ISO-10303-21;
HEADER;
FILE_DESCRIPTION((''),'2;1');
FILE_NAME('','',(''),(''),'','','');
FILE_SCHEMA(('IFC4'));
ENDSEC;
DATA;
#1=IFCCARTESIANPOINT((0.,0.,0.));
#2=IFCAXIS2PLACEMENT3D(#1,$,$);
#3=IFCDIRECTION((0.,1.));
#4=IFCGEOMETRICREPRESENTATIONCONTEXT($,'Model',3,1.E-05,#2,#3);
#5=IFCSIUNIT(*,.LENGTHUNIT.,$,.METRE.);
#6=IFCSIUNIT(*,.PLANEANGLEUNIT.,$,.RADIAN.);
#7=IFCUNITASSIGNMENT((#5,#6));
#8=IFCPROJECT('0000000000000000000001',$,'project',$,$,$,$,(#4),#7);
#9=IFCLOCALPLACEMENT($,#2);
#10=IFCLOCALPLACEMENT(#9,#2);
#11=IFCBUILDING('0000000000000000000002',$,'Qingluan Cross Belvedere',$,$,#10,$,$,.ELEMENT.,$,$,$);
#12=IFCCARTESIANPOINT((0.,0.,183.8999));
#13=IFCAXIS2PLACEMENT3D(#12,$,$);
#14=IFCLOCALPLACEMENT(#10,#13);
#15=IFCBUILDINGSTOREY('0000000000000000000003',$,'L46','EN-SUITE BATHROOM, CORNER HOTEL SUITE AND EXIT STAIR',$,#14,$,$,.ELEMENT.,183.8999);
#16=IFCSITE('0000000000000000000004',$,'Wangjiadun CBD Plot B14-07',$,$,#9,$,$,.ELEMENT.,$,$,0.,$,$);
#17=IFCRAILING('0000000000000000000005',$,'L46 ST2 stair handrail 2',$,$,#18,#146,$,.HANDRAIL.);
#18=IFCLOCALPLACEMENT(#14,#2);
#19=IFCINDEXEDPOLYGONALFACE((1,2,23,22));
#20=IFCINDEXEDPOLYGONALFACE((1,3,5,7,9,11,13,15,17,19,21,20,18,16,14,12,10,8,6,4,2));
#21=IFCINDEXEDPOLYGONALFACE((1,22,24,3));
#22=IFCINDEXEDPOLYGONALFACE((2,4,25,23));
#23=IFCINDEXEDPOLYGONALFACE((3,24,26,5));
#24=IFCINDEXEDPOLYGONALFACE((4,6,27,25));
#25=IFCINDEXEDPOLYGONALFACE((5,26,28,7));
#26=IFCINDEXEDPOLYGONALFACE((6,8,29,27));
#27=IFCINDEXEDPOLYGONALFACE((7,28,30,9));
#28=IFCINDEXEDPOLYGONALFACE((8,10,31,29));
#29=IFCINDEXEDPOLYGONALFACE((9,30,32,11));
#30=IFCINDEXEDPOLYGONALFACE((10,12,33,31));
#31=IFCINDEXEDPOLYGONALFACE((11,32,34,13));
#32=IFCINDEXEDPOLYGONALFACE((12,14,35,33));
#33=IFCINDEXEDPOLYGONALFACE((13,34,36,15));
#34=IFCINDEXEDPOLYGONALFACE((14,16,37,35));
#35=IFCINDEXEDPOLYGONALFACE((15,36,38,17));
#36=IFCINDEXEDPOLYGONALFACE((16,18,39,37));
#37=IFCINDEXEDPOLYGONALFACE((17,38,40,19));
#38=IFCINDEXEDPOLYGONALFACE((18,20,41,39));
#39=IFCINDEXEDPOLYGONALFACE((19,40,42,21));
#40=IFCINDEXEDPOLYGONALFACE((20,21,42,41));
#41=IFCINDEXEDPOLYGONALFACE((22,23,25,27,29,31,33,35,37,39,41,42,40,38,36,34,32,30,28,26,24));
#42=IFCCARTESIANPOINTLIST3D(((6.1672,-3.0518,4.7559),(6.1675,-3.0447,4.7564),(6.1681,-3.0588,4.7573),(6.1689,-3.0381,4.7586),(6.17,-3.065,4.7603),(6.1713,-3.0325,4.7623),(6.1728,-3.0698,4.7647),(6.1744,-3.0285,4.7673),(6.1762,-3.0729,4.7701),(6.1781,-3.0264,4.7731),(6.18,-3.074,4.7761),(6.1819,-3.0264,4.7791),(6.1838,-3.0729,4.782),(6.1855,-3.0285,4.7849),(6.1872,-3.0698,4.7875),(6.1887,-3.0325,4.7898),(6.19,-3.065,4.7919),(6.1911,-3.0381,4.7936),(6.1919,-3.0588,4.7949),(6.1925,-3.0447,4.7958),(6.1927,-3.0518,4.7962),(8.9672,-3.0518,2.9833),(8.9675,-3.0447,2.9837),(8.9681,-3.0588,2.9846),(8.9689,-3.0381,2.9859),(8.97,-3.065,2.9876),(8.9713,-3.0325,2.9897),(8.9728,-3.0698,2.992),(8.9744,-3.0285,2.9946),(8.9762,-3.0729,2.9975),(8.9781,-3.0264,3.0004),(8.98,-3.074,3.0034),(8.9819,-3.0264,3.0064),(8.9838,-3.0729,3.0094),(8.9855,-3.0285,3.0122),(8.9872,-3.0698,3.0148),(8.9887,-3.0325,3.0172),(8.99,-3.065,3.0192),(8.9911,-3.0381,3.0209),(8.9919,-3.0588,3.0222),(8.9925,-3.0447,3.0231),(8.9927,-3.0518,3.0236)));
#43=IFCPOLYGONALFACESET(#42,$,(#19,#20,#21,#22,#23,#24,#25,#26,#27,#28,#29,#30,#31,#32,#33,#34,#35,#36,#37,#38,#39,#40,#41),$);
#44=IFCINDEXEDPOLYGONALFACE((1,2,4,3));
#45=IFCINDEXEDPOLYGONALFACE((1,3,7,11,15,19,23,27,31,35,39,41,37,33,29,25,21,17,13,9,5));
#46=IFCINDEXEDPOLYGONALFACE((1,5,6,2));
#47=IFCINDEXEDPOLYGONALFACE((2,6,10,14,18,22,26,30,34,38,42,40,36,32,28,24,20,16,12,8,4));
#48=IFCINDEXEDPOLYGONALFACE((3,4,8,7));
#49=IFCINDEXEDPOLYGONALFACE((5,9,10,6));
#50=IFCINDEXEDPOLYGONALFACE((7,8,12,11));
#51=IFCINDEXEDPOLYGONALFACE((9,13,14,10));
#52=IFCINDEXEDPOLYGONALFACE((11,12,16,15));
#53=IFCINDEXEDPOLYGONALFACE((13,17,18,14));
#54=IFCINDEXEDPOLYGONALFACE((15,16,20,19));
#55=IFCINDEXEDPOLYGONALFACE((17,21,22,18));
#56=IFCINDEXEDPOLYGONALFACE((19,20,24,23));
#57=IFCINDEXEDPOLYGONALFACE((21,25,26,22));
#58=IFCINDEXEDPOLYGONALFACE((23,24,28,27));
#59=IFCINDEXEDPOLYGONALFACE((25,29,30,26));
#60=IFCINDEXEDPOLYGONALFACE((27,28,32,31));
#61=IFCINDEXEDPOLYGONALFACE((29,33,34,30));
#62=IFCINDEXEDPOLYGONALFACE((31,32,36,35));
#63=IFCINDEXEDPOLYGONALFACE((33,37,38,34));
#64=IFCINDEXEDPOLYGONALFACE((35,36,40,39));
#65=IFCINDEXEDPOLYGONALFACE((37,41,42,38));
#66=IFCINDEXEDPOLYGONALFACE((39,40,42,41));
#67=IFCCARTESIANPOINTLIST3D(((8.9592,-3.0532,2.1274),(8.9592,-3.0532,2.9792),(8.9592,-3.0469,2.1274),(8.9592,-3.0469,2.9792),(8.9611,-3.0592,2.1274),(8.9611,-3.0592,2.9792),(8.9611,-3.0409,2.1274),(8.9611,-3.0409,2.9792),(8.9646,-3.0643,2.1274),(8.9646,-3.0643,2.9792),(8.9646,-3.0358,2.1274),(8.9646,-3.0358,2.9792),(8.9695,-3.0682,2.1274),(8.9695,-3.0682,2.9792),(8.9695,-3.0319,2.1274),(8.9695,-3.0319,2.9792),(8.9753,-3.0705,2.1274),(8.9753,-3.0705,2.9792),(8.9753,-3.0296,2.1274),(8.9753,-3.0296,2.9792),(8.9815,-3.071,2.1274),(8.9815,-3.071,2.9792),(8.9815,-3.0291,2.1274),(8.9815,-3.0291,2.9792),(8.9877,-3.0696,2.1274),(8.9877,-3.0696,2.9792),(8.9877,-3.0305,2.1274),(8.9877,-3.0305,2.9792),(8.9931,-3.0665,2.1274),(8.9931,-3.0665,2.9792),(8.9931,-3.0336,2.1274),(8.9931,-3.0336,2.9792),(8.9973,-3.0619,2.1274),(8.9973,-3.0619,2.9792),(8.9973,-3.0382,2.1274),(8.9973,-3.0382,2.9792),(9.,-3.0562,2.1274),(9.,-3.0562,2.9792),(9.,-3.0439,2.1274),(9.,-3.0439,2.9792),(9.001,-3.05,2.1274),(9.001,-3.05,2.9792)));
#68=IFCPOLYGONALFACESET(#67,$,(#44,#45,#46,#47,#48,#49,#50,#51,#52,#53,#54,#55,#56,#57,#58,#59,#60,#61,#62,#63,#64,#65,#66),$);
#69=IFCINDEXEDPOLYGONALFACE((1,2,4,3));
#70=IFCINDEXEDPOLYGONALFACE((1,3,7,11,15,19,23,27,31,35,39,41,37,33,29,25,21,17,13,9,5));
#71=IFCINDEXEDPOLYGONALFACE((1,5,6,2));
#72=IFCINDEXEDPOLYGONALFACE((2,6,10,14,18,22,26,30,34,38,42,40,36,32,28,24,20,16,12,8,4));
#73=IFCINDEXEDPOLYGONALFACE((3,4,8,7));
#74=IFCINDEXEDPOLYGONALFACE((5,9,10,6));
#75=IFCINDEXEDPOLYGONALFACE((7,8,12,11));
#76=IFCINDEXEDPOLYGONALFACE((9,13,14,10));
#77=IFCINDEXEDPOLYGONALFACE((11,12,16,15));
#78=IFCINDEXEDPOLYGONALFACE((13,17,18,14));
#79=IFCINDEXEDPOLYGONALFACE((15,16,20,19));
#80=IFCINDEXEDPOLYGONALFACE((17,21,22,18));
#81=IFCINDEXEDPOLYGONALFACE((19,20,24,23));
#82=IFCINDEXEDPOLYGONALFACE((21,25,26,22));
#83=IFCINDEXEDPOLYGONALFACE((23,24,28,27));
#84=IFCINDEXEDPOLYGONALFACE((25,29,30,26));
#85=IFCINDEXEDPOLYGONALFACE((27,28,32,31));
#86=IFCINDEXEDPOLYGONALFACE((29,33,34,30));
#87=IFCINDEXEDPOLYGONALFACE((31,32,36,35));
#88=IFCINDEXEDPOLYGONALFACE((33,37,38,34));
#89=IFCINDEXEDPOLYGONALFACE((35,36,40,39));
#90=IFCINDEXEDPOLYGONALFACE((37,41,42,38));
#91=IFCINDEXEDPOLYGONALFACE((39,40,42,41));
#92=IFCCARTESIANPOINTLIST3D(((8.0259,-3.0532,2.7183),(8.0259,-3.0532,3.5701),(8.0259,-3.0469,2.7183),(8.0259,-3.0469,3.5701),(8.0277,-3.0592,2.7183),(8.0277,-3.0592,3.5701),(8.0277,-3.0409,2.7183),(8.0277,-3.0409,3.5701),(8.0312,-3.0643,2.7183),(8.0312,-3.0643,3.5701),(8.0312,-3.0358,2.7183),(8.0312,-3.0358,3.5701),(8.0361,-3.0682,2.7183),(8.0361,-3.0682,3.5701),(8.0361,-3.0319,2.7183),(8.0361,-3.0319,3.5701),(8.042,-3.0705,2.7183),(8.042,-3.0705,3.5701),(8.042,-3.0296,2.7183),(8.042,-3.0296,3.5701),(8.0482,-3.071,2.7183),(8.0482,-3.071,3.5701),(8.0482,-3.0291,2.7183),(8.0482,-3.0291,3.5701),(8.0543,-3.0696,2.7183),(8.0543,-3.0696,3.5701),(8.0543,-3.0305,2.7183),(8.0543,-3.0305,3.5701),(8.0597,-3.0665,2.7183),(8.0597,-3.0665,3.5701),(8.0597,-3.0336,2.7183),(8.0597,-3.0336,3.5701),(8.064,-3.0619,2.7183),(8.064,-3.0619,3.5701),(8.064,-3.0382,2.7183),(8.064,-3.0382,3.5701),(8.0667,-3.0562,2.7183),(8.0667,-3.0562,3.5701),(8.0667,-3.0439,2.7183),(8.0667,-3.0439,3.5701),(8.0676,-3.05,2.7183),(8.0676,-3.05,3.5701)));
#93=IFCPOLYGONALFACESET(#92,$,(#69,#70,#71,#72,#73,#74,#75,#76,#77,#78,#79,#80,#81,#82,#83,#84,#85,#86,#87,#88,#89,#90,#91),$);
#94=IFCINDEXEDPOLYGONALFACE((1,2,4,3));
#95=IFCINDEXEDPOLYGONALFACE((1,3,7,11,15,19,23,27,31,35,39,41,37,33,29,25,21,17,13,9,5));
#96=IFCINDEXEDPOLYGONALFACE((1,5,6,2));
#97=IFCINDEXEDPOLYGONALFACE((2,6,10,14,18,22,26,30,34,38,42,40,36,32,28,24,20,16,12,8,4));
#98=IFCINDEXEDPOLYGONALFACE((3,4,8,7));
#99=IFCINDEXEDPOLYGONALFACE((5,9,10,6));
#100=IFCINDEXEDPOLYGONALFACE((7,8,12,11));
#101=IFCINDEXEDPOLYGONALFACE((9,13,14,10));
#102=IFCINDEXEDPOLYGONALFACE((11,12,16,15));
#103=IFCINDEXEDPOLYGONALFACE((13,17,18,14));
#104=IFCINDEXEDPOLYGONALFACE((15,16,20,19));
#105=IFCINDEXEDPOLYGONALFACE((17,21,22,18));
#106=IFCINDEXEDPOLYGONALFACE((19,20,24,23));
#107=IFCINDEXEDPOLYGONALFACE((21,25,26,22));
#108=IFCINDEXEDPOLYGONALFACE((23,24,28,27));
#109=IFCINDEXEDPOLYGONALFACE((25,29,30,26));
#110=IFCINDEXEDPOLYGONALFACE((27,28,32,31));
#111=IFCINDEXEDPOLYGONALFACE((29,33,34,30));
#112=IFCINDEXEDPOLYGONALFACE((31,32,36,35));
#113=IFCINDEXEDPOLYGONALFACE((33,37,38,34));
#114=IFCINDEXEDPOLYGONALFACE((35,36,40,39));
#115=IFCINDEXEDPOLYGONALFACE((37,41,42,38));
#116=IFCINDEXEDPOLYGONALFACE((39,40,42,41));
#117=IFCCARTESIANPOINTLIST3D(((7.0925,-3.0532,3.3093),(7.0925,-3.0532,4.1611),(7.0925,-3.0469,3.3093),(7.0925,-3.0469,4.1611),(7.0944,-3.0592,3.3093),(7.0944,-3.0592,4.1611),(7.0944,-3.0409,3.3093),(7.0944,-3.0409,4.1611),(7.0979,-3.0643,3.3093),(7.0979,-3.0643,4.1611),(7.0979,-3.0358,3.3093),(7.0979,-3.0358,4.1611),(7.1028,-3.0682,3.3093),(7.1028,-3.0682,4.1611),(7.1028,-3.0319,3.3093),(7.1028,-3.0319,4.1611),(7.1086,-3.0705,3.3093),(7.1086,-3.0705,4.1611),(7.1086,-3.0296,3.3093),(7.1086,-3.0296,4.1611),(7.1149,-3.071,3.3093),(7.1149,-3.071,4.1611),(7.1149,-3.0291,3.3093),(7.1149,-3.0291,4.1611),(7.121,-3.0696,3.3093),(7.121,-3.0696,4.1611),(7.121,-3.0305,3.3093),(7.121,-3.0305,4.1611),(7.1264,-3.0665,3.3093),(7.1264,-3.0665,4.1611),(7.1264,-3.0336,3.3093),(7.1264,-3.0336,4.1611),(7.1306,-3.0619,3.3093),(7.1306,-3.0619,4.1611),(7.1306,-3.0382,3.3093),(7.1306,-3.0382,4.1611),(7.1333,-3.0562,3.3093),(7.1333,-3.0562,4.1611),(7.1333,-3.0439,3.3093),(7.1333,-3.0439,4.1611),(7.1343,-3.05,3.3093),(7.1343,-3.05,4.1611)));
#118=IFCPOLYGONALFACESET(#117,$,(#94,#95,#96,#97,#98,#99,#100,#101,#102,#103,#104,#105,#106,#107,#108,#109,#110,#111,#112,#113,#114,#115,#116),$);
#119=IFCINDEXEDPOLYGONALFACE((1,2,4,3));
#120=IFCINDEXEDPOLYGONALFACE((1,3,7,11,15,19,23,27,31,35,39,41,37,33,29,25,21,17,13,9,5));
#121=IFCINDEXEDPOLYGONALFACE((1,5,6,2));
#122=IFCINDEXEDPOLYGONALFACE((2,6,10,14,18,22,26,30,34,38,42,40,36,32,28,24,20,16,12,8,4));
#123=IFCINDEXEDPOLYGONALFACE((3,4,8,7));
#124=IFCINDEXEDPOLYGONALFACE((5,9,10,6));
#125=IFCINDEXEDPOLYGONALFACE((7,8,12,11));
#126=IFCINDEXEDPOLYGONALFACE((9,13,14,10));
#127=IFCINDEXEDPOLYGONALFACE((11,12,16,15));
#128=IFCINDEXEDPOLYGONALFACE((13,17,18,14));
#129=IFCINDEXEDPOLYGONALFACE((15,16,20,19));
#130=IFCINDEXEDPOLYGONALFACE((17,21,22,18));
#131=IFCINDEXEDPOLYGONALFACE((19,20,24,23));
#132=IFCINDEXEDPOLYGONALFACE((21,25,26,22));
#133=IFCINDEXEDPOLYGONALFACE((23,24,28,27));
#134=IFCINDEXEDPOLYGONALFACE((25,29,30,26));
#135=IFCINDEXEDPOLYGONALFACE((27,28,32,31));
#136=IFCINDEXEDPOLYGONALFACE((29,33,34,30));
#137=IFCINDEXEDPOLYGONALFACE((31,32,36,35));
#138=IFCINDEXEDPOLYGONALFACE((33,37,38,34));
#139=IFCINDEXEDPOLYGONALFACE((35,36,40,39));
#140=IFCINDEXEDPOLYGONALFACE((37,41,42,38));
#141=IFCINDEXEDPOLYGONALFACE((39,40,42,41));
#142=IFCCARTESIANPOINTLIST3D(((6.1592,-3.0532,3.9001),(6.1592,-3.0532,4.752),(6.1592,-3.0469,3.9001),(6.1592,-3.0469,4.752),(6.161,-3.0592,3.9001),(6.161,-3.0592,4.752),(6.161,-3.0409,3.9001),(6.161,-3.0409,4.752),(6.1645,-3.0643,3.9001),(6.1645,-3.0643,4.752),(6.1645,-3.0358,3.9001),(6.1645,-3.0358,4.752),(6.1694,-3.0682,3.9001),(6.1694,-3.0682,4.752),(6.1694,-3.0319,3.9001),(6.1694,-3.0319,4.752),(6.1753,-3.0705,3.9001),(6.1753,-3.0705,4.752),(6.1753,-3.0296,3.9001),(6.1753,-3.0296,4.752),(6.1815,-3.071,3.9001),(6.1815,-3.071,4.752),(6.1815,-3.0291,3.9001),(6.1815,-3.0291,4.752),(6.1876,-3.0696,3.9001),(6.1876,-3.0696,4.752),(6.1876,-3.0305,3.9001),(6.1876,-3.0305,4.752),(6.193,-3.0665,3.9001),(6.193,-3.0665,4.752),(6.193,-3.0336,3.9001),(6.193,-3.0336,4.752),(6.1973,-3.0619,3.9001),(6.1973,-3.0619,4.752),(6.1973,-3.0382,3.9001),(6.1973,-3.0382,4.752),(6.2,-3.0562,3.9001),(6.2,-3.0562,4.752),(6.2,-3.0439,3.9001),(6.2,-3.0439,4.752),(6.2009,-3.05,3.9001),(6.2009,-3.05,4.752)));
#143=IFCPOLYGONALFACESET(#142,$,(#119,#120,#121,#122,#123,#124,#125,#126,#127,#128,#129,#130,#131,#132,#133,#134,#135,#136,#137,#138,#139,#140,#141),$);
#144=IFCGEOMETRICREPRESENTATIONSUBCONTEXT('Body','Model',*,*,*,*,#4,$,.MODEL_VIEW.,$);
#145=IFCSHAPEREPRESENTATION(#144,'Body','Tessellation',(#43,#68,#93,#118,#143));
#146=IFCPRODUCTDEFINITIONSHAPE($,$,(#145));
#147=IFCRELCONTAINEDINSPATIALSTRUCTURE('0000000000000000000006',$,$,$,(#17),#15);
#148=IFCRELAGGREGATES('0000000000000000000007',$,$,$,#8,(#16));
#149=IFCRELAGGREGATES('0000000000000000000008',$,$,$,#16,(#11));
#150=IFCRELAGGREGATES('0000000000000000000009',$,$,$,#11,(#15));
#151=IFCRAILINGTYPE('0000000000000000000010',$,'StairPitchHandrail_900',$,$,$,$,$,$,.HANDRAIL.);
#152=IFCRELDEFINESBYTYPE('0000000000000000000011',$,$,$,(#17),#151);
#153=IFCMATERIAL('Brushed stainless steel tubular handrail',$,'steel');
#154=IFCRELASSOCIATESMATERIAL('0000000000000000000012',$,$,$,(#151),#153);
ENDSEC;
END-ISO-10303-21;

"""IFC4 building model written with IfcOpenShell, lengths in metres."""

from ifc_helpers import new_model, si_unit, direction, frame, origin, origin_2d, place, context, subcontext, project, spatial, circle, extrude, material, type_object, element, save


model = new_model("IFC4")

# Units and contexts
model_context = context("Model", 3, precision=1e-05, world=origin(), true_north=direction((0.0, 1.0)))
body_context = subcontext(model_context, "Body", "Model", "MODEL_VIEW")
ifc_project = project(units=[si_unit("LENGTHUNIT", "METRE"), si_unit("PLANEANGLEUNIT", "RADIAN")], contexts=[model_context])

# Site, building, storey
site_placement = place(None, origin())
site = spatial("IfcSite", under=ifc_project, at=site_placement, Name="Wangjiadun CBD Plot B14-07", CompositionType="ELEMENT", RefElevation=0.0)
building_placement = place(site_placement, origin())
building = spatial("IfcBuilding", under=site, at=building_placement, Name="Qingluan Cross Belvedere", CompositionType="ELEMENT")
storey_placement = place(building_placement, frame((0.0, 0.0, 183.8999)))
storey = spatial("IfcBuildingStorey", under=building, at=storey_placement, Name="L46", Description="EN-SUITE BATHROOM, CORNER HOTEL SUITE AND EXIT STAIR", CompositionType="ELEMENT", Elevation=183.8999)

# Railing
ifc_material_1 = material(Name="Brushed stainless steel tubular handrail", Category="steel")
railing_type_1 = type_object("IfcRailingType", Name="StairPitchHandrail_900", PredefinedType="HANDRAIL", material=ifc_material_1)
railing_1_placement = place(storey_placement, frame((8.98, -3.05, 2.1274)))
element("IfcRailing", 1, at=railing_1_placement, inside=storey, type_object=railing_type_1, Name="L46 ST2 stair handrail 2", PredefinedType="HANDRAIL", context=body_context, shape_type="SweptSolid", body=[
    extrude(circle(Radius=0.0239, at=origin_2d()), frame((0.0, 0.0, 0.876), z_axis=(-0.844909, 0.0, 0.53491), x_axis=(0.0, -1.0, 0.0)), (0.0, 0.0, 1.0), 3.314),
    extrude(circle(Radius=0.021, at=origin_2d()), origin(), (0.0, 0.0, 1.0), 0.8518),
    extrude(circle(Radius=0.021, at=origin_2d()), frame((-0.9333, 0.0, 0.5908)), (0.0, 0.0, 1.0), 0.8518),
    extrude(circle(Radius=0.021, at=origin_2d()), frame((-1.8667, 0.0, 1.1819)), (0.0, 0.0, 1.0), 0.8518),
    extrude(circle(Radius=0.021, at=origin_2d()), frame((-2.8, 0.0, 1.7727)), (0.0, 0.0, 1.0), 0.8518),
])

save(model, "model.ifc")
